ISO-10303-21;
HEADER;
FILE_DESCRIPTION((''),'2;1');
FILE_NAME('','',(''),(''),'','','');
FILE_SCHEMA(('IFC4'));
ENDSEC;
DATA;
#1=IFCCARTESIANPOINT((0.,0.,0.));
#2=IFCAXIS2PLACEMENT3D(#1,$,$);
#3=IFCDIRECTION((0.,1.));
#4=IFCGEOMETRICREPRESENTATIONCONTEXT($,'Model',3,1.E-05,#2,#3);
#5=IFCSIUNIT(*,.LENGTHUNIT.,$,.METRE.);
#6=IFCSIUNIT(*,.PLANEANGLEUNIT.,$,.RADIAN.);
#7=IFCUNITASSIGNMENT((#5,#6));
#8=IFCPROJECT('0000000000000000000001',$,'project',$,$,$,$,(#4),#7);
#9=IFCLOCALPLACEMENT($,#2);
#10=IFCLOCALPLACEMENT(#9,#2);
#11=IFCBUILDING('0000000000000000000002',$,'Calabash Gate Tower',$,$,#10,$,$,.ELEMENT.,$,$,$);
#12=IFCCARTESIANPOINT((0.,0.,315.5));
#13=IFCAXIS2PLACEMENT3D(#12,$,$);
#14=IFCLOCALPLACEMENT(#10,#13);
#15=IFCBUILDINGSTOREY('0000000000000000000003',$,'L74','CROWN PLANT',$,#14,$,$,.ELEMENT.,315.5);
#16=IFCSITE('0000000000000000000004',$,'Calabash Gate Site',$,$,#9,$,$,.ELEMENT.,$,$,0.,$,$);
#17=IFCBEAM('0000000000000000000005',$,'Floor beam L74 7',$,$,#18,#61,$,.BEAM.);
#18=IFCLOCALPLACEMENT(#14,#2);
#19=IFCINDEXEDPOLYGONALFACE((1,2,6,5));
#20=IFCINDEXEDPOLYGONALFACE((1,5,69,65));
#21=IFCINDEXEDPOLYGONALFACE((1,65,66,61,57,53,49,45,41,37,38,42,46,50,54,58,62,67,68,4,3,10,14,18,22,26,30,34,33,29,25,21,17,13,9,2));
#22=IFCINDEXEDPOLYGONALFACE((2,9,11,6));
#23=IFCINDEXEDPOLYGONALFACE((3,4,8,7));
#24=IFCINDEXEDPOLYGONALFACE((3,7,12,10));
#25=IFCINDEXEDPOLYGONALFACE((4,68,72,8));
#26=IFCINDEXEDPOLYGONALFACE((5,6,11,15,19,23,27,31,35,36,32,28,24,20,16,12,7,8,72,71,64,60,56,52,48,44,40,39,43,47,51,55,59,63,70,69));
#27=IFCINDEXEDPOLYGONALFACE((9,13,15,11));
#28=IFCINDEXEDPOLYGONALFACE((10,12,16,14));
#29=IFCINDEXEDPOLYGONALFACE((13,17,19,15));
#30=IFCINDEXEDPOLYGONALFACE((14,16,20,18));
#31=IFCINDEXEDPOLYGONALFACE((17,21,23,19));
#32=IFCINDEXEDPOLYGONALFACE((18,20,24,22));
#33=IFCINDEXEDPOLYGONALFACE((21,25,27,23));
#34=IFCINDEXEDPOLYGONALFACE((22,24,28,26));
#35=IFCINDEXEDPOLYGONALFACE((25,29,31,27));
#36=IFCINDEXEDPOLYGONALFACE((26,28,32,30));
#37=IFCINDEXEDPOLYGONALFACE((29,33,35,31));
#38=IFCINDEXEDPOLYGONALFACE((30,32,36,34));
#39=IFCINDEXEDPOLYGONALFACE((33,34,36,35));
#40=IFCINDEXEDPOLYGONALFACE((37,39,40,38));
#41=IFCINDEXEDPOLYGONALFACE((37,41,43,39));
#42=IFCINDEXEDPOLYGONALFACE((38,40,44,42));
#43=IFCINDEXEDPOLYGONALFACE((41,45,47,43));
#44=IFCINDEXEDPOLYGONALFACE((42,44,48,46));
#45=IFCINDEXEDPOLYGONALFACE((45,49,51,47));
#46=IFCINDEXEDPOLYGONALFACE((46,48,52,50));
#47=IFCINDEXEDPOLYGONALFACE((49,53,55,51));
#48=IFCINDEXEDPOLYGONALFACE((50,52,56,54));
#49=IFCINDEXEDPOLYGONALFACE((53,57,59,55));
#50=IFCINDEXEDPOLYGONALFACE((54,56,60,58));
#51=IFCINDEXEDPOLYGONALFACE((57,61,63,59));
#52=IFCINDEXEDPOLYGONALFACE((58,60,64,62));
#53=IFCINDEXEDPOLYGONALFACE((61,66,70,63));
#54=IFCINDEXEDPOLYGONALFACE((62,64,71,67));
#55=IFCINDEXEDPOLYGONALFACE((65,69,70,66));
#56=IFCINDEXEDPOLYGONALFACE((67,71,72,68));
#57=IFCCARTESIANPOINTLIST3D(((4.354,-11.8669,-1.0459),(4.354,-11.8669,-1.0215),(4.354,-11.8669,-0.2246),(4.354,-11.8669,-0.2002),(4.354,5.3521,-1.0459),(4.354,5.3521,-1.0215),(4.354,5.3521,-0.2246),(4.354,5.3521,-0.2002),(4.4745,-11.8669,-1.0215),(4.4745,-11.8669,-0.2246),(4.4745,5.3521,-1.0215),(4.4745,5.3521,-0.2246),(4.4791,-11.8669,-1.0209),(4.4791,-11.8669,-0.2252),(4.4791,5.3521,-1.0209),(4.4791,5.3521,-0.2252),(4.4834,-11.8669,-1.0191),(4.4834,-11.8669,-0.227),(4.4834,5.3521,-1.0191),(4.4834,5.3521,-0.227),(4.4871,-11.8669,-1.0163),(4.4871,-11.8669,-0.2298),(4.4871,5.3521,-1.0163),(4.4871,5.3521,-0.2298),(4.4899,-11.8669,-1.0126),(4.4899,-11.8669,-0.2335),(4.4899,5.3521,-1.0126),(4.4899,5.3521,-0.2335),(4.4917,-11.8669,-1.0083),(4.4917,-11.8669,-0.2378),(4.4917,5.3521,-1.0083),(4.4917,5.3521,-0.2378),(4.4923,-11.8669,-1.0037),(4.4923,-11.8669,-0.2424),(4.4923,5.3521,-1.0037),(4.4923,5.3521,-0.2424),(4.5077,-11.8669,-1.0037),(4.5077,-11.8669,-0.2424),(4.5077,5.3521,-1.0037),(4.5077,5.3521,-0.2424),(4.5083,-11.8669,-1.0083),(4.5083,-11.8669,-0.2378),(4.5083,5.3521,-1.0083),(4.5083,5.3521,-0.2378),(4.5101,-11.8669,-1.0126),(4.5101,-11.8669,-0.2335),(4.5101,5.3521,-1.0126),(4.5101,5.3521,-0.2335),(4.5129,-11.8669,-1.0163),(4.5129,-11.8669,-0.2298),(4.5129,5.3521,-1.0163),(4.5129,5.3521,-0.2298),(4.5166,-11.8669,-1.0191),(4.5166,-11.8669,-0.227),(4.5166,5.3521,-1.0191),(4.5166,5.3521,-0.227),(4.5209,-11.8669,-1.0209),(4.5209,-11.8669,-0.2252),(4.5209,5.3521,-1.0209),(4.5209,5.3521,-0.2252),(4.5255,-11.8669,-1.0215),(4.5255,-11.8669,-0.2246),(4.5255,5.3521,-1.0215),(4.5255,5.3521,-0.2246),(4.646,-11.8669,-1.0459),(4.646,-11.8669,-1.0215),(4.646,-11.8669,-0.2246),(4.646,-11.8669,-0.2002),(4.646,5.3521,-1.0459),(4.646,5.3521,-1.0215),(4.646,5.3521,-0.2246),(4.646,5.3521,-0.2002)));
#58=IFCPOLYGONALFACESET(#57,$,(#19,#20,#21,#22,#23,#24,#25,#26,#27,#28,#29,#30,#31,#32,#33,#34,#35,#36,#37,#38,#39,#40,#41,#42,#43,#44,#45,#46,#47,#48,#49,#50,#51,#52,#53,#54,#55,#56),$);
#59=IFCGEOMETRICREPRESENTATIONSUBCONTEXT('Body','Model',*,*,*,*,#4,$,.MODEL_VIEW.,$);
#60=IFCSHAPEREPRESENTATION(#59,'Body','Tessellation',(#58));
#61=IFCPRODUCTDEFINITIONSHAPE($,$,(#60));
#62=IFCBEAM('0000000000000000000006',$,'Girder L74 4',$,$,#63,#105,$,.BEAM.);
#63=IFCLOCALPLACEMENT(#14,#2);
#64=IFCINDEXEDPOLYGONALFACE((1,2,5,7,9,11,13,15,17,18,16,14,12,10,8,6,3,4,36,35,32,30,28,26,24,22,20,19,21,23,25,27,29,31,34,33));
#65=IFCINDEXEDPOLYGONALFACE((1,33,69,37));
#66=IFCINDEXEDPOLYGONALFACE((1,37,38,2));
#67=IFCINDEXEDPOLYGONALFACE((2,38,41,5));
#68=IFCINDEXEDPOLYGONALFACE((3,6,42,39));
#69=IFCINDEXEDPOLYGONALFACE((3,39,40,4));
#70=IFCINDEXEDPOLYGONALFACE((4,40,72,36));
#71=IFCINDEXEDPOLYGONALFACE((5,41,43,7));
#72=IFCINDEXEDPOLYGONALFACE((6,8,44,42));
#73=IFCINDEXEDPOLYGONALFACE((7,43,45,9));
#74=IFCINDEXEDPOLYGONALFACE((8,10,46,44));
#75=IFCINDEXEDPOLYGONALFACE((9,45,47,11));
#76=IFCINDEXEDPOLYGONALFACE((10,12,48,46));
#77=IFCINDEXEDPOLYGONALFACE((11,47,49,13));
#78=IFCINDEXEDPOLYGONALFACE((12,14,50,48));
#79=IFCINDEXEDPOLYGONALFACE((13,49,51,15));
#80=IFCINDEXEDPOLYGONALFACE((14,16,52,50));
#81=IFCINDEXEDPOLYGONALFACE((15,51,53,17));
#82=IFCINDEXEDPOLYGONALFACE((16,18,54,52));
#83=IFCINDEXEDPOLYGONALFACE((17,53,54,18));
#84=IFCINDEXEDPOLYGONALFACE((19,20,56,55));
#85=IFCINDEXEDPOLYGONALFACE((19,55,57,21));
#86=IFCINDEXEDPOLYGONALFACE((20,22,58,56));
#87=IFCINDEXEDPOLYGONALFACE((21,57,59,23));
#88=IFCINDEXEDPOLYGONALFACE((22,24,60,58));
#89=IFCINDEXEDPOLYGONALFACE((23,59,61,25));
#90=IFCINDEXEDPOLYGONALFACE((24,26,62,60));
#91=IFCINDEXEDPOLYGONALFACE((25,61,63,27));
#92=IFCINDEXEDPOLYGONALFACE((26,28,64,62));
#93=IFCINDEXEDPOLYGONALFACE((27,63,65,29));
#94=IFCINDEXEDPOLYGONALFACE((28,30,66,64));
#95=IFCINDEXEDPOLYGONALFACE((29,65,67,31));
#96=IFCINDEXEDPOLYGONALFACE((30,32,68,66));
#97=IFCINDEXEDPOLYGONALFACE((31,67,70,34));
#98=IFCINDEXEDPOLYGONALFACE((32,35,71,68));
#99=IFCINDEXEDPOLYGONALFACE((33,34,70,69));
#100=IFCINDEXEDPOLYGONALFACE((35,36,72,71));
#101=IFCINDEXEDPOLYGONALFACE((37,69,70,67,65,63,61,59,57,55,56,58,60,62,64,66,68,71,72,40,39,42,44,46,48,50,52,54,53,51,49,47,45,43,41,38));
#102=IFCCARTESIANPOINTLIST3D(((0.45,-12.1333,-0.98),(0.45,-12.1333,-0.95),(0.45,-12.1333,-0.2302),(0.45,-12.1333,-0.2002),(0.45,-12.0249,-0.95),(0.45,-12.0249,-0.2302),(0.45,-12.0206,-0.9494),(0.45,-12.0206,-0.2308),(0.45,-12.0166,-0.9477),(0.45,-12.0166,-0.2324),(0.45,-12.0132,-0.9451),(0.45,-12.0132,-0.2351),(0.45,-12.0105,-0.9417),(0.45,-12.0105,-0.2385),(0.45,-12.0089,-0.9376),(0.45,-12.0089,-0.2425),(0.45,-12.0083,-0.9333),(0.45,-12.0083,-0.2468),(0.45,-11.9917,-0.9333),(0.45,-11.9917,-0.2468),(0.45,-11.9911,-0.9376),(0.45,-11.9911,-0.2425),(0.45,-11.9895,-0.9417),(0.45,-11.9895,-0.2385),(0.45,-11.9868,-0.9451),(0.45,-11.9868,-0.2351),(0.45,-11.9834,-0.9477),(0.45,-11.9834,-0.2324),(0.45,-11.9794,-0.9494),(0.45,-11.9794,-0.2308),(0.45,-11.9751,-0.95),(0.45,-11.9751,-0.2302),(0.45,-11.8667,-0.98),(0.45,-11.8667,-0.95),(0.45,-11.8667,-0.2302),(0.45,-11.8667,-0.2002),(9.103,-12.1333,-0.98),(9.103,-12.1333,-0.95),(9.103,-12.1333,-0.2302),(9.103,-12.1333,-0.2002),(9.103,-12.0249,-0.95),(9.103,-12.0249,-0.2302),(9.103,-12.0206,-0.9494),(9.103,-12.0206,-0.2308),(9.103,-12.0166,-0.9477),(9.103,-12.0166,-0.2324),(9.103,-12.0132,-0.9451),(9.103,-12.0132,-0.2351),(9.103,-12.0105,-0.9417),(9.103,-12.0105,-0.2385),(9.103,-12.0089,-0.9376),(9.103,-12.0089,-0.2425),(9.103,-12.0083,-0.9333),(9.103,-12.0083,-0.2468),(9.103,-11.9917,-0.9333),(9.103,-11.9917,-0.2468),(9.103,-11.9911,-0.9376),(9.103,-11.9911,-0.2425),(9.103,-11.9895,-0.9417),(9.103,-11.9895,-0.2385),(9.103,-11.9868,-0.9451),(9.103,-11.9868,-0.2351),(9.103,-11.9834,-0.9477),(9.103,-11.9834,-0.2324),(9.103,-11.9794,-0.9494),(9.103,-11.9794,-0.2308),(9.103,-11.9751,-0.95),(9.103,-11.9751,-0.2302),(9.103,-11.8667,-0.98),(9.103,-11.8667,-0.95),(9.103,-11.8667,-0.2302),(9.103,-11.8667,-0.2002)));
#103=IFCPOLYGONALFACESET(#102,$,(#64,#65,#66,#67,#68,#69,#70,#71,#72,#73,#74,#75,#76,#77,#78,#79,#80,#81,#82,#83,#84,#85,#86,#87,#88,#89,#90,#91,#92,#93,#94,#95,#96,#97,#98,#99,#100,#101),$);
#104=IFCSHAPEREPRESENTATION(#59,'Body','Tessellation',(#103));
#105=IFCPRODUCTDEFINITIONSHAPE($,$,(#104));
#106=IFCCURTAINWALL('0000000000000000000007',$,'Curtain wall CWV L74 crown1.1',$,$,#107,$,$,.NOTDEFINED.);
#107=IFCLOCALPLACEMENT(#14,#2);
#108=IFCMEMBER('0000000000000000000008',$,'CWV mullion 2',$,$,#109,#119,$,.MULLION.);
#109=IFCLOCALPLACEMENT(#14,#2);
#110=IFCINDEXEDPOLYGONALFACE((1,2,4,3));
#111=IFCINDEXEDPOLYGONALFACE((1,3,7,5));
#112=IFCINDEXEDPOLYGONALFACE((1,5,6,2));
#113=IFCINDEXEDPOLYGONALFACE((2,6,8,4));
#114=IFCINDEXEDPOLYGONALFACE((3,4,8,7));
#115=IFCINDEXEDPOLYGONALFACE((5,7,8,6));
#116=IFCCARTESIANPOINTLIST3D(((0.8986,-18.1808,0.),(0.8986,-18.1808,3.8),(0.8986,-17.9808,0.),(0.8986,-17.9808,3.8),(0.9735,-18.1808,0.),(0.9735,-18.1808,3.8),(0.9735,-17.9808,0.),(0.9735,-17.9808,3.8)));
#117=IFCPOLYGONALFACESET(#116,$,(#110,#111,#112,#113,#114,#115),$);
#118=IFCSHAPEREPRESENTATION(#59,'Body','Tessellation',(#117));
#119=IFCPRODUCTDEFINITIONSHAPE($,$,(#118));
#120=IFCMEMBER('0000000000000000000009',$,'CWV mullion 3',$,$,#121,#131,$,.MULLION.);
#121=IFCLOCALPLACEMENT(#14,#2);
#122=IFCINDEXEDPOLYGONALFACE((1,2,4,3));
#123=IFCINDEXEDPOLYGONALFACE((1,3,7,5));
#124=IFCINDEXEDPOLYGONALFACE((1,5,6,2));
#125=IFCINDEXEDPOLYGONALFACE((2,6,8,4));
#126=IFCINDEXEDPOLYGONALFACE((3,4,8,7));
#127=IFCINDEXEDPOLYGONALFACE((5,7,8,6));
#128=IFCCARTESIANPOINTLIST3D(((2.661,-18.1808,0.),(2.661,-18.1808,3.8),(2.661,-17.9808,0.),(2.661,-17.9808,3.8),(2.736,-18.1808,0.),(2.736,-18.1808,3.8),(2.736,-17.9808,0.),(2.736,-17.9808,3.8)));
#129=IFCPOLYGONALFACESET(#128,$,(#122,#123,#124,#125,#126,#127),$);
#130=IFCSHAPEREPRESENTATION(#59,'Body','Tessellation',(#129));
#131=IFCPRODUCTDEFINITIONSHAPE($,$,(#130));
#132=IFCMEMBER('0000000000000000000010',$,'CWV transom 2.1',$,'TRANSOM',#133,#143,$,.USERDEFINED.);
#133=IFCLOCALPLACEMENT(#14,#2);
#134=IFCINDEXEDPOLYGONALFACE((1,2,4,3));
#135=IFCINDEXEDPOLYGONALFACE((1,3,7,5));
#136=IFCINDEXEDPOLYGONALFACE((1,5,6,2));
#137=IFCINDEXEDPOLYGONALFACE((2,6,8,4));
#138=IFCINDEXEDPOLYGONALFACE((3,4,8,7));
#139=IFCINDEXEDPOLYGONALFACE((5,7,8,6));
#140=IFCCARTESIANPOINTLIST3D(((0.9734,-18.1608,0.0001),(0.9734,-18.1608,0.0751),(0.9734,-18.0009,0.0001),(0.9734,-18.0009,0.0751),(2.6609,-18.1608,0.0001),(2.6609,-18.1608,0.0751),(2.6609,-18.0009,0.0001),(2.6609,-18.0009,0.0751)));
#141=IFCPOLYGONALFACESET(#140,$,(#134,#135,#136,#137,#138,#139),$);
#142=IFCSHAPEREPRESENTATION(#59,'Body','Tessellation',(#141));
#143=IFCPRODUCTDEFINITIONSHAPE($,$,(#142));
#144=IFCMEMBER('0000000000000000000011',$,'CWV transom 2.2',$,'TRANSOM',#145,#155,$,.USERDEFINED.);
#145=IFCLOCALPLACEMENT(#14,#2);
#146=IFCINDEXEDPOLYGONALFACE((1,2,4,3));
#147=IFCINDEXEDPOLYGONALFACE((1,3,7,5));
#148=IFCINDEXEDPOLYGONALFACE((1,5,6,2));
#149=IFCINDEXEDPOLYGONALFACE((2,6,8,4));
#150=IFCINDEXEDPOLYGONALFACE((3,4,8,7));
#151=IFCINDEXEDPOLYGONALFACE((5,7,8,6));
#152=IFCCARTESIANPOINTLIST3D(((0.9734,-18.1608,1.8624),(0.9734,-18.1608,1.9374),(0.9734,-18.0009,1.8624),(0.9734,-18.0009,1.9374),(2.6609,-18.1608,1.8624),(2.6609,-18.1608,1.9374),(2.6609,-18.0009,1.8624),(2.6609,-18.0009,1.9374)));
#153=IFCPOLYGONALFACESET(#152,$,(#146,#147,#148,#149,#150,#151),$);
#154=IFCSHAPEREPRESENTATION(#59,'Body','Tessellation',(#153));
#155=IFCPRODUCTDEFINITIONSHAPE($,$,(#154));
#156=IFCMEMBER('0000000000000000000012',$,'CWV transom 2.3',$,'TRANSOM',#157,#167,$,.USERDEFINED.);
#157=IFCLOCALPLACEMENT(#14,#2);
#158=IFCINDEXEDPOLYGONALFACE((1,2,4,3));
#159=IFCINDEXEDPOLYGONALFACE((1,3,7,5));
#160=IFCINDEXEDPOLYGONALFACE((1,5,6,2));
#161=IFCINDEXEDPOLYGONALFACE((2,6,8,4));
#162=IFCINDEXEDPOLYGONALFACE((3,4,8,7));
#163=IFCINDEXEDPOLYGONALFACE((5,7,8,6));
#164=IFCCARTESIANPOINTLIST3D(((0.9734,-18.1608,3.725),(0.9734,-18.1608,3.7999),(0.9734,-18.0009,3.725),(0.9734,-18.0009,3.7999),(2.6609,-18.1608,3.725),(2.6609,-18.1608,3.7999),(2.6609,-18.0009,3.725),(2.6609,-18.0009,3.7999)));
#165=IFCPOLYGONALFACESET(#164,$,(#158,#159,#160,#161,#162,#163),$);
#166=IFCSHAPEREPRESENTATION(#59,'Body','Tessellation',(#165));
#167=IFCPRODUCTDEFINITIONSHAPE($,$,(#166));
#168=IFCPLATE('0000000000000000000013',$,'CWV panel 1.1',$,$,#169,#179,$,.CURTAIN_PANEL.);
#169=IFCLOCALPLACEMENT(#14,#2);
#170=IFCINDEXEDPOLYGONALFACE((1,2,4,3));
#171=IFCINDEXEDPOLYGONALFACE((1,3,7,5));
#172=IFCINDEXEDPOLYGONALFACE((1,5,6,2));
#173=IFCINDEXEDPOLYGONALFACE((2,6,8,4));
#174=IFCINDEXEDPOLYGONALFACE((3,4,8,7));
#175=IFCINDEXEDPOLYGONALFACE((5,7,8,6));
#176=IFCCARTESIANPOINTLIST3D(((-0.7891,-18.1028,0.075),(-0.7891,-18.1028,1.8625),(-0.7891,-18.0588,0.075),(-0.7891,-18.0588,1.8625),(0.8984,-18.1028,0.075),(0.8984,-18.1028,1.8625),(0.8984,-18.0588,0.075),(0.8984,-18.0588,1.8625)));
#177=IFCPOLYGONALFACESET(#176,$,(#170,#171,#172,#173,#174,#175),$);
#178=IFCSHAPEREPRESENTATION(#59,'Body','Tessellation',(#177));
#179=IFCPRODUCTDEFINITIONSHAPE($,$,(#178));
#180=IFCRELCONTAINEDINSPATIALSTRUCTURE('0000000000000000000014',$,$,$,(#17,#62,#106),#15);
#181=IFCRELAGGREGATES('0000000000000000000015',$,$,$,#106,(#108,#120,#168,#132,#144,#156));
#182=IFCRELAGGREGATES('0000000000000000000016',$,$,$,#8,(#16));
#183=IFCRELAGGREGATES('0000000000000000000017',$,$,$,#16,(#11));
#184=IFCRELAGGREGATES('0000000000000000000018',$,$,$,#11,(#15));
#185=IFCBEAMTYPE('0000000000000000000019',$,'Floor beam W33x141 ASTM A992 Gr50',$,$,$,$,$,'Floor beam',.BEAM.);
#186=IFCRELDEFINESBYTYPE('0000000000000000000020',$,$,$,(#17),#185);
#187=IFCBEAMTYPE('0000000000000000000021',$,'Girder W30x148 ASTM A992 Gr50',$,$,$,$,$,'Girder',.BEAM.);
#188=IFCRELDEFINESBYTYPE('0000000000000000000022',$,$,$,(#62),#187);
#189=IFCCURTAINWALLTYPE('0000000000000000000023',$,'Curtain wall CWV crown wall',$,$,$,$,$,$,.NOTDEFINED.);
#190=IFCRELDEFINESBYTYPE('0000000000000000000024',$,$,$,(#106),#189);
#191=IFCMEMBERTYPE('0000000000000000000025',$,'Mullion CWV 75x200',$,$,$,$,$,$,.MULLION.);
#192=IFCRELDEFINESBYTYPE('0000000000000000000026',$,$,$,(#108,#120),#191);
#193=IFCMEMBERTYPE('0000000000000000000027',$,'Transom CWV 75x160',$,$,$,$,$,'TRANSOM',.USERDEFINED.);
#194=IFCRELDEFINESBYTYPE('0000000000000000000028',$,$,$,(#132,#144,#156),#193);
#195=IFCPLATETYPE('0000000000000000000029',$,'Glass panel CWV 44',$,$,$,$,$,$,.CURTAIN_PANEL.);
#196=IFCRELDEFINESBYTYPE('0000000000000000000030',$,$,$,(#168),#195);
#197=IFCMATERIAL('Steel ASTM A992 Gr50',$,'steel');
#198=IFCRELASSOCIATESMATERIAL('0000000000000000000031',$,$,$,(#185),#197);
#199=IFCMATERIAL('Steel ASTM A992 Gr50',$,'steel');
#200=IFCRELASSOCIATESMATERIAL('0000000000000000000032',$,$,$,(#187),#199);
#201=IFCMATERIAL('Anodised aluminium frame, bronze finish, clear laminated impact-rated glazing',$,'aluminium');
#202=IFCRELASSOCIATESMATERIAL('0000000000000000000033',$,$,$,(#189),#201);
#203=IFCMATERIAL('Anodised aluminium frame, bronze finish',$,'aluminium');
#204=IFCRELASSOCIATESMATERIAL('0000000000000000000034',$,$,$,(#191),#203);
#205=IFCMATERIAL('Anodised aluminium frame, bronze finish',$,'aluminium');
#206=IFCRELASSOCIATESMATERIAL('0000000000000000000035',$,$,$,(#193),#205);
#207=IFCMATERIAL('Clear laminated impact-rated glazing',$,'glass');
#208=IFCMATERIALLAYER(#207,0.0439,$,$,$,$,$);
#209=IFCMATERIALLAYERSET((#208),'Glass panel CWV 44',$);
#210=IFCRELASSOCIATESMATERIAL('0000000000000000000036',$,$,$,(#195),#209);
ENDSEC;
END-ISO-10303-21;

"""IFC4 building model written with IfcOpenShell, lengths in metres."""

from ifc_helpers import new_model, si_unit, direction, frame, origin, origin_2d, place, context, subcontext, project, spatial, rectangle, i_section, extrude, material, layer, layer_set, material_profile, profile_set, type_object, element, aggregate, save


model = new_model("IFC4")

# Units and contexts
model_context = context("Model", 3, precision=1e-05, world=origin(), true_north=direction((0.0, 1.0)))
body_context = subcontext(model_context, "Body", "Model", "MODEL_VIEW")
ifc_project = project(units=[si_unit("LENGTHUNIT", "METRE"), si_unit("PLANEANGLEUNIT", "RADIAN")], contexts=[model_context])

# Site, building, storey
site_placement = place(None, origin())
site = spatial("IfcSite", under=ifc_project, at=site_placement, Name="Calabash Gate Site", CompositionType="ELEMENT", RefElevation=0.0)
building_placement = place(site_placement, origin())
building = spatial("IfcBuilding", under=site, at=building_placement, Name="Calabash Gate Tower", CompositionType="ELEMENT")
storey_placement = place(building_placement, frame((0.0, 0.0, 315.5)))
storey = spatial("IfcBuildingStorey", under=building, at=storey_placement, Name="L74", Description="CROWN PLANT", CompositionType="ELEMENT", Elevation=315.5)

# Beams
ifc_material_1 = material(Name="Steel ASTM A992 Gr50", Category="steel")
ifc_material_profile_1 = material_profile(ifc_material_1, i_section(OverallWidth=0.292, OverallDepth=0.8457, WebThickness=0.0154, FlangeThickness=0.0244, FilletRadius=0.0178, at=origin_2d()))
ifc_profile_set_1 = profile_set([ifc_material_profile_1], Name="Steel ASTM A992 Gr50")
beam_type_1 = type_object("IfcBeamType", Name="Floor beam W33x141 ASTM A992 Gr50", ElementType="Floor beam", PredefinedType="BEAM", material=ifc_profile_set_1)
beam_1_placement = place(storey_placement, frame((4.5, -11.8669, -0.623), z_axis=(0.0, 1.0, 0.0), x_axis=(-1.0, 0.0, 0.0)))
element("IfcBeam", 1, at=beam_1_placement, inside=storey, type_object=beam_type_1, Name="Floor beam L74 7", PredefinedType="BEAM", context=body_context, shape_type="SweptSolid", body=[
    extrude(i_section(OverallWidth=0.292, OverallDepth=0.8457, WebThickness=0.0154, FlangeThickness=0.0244, FilletRadius=0.0178, at=origin_2d()), origin(), (0.0, 0.0, 1.0), 17.219),
])
ifc_material_2 = material(Name="Steel ASTM A992 Gr50", Category="steel")
ifc_material_profile_2 = material_profile(ifc_material_2, i_section(OverallWidth=0.2666, OverallDepth=0.7798, WebThickness=0.0166, FlangeThickness=0.03, FilletRadius=0.0166, at=origin_2d()))
ifc_profile_set_2 = profile_set([ifc_material_profile_2], Name="Steel ASTM A992 Gr50")
beam_type_2 = type_object("IfcBeamType", Name="Girder W30x148 ASTM A992 Gr50", ElementType="Girder", PredefinedType="BEAM", material=ifc_profile_set_2)
beam_2_placement = place(storey_placement, frame((0.45, -12.0, -0.5901), z_axis=(1.0, 0.0, 0.0), x_axis=(0.0, 1.0, 0.0)))
element("IfcBeam", 2, at=beam_2_placement, inside=storey, type_object=beam_type_2, Name="Girder L74 4", PredefinedType="BEAM", context=body_context, shape_type="SweptSolid", body=[
    extrude(i_section(OverallWidth=0.2666, OverallDepth=0.7798, WebThickness=0.0166, FlangeThickness=0.03, FilletRadius=0.0166, at=origin_2d()), origin(), (0.0, 0.0, 1.0), 8.6531),
])

# Curtain wall, members, plate
ifc_material_3 = material(Name="Anodised aluminium frame, bronze finish, clear laminated impact-rated glazing", Category="aluminium")
curtain_wall_type = type_object("IfcCurtainWallType", Name="Curtain wall CWV crown wall", PredefinedType="NOTDEFINED", material=ifc_material_3)
curtain_wall_placement = place(storey_placement, origin())
curtain_wall = element("IfcCurtainWall", 3, at=curtain_wall_placement, inside=storey, type_object=curtain_wall_type, Name="Curtain wall CWV L74 crown1.1", PredefinedType="NOTDEFINED")
ifc_material_4 = material(Name="Anodised aluminium frame, bronze finish", Category="aluminium")
ifc_material_profile_3 = material_profile(ifc_material_4, rectangle(XDim=0.2, YDim=0.075, at=origin_2d()))
ifc_profile_set_3 = profile_set([ifc_material_profile_3], Name="Anodised aluminium frame, bronze finish")
member_type_1 = type_object("IfcMemberType", Name="Mullion CWV 75x200", PredefinedType="MULLION", material=ifc_profile_set_3)
member_1_placement = place(storey_placement, frame((0.936, -18.0808, 0.0), z_axis=(0.0, 0.0, 1.0), x_axis=(0.0, 1.0, 0.0)))
member_1 = element("IfcMember", 4, at=member_1_placement, type_object=member_type_1, Name="CWV mullion 2", PredefinedType="MULLION", context=body_context, shape_type="SweptSolid", body=[
    extrude(rectangle(XDim=0.2, YDim=0.075, at=origin_2d()), origin(), (0.0, 0.0, 1.0), 3.8),
])
member_2_placement = place(storey_placement, frame((2.6985, -18.0808, 0.0), z_axis=(0.0, 0.0, 1.0), x_axis=(0.0, 1.0, 0.0)))
member_2 = element("IfcMember", 5, at=member_2_placement, type_object=member_type_1, Name="CWV mullion 3", PredefinedType="MULLION", context=body_context, shape_type="SweptSolid", body=[
    extrude(rectangle(XDim=0.2, YDim=0.075, at=origin_2d()), origin(), (0.0, 0.0, 1.0), 3.8),
])
ifc_material_5 = material(Name="Anodised aluminium frame, bronze finish", Category="aluminium")
ifc_material_profile_4 = material_profile(ifc_material_5, rectangle(XDim=0.1599, YDim=0.075, at=origin_2d()))
ifc_profile_set_4 = profile_set([ifc_material_profile_4], Name="Anodised aluminium frame, bronze finish")
member_type_2 = type_object("IfcMemberType", Name="Transom CWV 75x160", ElementType="TRANSOM", PredefinedType="USERDEFINED", material=ifc_profile_set_4)
member_3_placement = place(storey_placement, frame((0.9734, -18.0808, 0.0376), z_axis=(1.0, 0.0, 0.0), x_axis=(0.0, 1.0, 0.0)))
member_3 = element("IfcMember", 6, at=member_3_placement, type_object=member_type_2, Name="CWV transom 2.1", ObjectType="TRANSOM", PredefinedType="USERDEFINED", context=body_context, shape_type="SweptSolid", body=[
    extrude(rectangle(XDim=0.1599, YDim=0.075, at=origin_2d()), origin(), (0.0, 0.0, 1.0), 1.6875),
])
member_4_placement = place(storey_placement, frame((0.9734, -18.0808, 1.8999), z_axis=(1.0, 0.0, 0.0), x_axis=(0.0, 1.0, 0.0)))
member_4 = element("IfcMember", 7, at=member_4_placement, type_object=member_type_2, Name="CWV transom 2.2", ObjectType="TRANSOM", PredefinedType="USERDEFINED", context=body_context, shape_type="SweptSolid", body=[
    extrude(rectangle(XDim=0.1599, YDim=0.075, at=origin_2d()), origin(), (0.0, 0.0, 1.0), 1.6875),
])
member_5_placement = place(storey_placement, frame((0.9734, -18.0808, 3.7625), z_axis=(1.0, 0.0, 0.0), x_axis=(0.0, 1.0, 0.0)))
member_5 = element("IfcMember", 8, at=member_5_placement, type_object=member_type_2, Name="CWV transom 2.3", ObjectType="TRANSOM", PredefinedType="USERDEFINED", context=body_context, shape_type="SweptSolid", body=[
    extrude(rectangle(XDim=0.1599, YDim=0.075, at=origin_2d()), origin(), (0.0, 0.0, 1.0), 1.6875),
])
ifc_material_6 = material(Name="Clear laminated impact-rated glazing", Category="glass")
ifc_layer_1 = layer(ifc_material_6, 0.0439)
ifc_layer_set_1 = layer_set([ifc_layer_1], Name="Glass panel CWV 44")
plate_type = type_object("IfcPlateType", Name="Glass panel CWV 44", PredefinedType="CURTAIN_PANEL", material=ifc_layer_set_1)
plate_1_placement = place(storey_placement, frame((0.0547, -18.0808, 0.075), z_axis=(0.0, 0.0, 1.0), x_axis=(1.0, 0.0, 0.0)))
plate_1 = element("IfcPlate", 9, at=plate_1_placement, type_object=plate_type, Name="CWV panel 1.1", PredefinedType="CURTAIN_PANEL", context=body_context, shape_type="SweptSolid", body=[
    extrude(rectangle(XDim=1.6875, YDim=0.0439, at=origin_2d()), origin(), (0.0, 0.0, 1.0), 1.7876),
])
aggregate(curtain_wall, [member_1, member_2, plate_1, member_3, member_4, member_5])

save(model, "model.ifc")
